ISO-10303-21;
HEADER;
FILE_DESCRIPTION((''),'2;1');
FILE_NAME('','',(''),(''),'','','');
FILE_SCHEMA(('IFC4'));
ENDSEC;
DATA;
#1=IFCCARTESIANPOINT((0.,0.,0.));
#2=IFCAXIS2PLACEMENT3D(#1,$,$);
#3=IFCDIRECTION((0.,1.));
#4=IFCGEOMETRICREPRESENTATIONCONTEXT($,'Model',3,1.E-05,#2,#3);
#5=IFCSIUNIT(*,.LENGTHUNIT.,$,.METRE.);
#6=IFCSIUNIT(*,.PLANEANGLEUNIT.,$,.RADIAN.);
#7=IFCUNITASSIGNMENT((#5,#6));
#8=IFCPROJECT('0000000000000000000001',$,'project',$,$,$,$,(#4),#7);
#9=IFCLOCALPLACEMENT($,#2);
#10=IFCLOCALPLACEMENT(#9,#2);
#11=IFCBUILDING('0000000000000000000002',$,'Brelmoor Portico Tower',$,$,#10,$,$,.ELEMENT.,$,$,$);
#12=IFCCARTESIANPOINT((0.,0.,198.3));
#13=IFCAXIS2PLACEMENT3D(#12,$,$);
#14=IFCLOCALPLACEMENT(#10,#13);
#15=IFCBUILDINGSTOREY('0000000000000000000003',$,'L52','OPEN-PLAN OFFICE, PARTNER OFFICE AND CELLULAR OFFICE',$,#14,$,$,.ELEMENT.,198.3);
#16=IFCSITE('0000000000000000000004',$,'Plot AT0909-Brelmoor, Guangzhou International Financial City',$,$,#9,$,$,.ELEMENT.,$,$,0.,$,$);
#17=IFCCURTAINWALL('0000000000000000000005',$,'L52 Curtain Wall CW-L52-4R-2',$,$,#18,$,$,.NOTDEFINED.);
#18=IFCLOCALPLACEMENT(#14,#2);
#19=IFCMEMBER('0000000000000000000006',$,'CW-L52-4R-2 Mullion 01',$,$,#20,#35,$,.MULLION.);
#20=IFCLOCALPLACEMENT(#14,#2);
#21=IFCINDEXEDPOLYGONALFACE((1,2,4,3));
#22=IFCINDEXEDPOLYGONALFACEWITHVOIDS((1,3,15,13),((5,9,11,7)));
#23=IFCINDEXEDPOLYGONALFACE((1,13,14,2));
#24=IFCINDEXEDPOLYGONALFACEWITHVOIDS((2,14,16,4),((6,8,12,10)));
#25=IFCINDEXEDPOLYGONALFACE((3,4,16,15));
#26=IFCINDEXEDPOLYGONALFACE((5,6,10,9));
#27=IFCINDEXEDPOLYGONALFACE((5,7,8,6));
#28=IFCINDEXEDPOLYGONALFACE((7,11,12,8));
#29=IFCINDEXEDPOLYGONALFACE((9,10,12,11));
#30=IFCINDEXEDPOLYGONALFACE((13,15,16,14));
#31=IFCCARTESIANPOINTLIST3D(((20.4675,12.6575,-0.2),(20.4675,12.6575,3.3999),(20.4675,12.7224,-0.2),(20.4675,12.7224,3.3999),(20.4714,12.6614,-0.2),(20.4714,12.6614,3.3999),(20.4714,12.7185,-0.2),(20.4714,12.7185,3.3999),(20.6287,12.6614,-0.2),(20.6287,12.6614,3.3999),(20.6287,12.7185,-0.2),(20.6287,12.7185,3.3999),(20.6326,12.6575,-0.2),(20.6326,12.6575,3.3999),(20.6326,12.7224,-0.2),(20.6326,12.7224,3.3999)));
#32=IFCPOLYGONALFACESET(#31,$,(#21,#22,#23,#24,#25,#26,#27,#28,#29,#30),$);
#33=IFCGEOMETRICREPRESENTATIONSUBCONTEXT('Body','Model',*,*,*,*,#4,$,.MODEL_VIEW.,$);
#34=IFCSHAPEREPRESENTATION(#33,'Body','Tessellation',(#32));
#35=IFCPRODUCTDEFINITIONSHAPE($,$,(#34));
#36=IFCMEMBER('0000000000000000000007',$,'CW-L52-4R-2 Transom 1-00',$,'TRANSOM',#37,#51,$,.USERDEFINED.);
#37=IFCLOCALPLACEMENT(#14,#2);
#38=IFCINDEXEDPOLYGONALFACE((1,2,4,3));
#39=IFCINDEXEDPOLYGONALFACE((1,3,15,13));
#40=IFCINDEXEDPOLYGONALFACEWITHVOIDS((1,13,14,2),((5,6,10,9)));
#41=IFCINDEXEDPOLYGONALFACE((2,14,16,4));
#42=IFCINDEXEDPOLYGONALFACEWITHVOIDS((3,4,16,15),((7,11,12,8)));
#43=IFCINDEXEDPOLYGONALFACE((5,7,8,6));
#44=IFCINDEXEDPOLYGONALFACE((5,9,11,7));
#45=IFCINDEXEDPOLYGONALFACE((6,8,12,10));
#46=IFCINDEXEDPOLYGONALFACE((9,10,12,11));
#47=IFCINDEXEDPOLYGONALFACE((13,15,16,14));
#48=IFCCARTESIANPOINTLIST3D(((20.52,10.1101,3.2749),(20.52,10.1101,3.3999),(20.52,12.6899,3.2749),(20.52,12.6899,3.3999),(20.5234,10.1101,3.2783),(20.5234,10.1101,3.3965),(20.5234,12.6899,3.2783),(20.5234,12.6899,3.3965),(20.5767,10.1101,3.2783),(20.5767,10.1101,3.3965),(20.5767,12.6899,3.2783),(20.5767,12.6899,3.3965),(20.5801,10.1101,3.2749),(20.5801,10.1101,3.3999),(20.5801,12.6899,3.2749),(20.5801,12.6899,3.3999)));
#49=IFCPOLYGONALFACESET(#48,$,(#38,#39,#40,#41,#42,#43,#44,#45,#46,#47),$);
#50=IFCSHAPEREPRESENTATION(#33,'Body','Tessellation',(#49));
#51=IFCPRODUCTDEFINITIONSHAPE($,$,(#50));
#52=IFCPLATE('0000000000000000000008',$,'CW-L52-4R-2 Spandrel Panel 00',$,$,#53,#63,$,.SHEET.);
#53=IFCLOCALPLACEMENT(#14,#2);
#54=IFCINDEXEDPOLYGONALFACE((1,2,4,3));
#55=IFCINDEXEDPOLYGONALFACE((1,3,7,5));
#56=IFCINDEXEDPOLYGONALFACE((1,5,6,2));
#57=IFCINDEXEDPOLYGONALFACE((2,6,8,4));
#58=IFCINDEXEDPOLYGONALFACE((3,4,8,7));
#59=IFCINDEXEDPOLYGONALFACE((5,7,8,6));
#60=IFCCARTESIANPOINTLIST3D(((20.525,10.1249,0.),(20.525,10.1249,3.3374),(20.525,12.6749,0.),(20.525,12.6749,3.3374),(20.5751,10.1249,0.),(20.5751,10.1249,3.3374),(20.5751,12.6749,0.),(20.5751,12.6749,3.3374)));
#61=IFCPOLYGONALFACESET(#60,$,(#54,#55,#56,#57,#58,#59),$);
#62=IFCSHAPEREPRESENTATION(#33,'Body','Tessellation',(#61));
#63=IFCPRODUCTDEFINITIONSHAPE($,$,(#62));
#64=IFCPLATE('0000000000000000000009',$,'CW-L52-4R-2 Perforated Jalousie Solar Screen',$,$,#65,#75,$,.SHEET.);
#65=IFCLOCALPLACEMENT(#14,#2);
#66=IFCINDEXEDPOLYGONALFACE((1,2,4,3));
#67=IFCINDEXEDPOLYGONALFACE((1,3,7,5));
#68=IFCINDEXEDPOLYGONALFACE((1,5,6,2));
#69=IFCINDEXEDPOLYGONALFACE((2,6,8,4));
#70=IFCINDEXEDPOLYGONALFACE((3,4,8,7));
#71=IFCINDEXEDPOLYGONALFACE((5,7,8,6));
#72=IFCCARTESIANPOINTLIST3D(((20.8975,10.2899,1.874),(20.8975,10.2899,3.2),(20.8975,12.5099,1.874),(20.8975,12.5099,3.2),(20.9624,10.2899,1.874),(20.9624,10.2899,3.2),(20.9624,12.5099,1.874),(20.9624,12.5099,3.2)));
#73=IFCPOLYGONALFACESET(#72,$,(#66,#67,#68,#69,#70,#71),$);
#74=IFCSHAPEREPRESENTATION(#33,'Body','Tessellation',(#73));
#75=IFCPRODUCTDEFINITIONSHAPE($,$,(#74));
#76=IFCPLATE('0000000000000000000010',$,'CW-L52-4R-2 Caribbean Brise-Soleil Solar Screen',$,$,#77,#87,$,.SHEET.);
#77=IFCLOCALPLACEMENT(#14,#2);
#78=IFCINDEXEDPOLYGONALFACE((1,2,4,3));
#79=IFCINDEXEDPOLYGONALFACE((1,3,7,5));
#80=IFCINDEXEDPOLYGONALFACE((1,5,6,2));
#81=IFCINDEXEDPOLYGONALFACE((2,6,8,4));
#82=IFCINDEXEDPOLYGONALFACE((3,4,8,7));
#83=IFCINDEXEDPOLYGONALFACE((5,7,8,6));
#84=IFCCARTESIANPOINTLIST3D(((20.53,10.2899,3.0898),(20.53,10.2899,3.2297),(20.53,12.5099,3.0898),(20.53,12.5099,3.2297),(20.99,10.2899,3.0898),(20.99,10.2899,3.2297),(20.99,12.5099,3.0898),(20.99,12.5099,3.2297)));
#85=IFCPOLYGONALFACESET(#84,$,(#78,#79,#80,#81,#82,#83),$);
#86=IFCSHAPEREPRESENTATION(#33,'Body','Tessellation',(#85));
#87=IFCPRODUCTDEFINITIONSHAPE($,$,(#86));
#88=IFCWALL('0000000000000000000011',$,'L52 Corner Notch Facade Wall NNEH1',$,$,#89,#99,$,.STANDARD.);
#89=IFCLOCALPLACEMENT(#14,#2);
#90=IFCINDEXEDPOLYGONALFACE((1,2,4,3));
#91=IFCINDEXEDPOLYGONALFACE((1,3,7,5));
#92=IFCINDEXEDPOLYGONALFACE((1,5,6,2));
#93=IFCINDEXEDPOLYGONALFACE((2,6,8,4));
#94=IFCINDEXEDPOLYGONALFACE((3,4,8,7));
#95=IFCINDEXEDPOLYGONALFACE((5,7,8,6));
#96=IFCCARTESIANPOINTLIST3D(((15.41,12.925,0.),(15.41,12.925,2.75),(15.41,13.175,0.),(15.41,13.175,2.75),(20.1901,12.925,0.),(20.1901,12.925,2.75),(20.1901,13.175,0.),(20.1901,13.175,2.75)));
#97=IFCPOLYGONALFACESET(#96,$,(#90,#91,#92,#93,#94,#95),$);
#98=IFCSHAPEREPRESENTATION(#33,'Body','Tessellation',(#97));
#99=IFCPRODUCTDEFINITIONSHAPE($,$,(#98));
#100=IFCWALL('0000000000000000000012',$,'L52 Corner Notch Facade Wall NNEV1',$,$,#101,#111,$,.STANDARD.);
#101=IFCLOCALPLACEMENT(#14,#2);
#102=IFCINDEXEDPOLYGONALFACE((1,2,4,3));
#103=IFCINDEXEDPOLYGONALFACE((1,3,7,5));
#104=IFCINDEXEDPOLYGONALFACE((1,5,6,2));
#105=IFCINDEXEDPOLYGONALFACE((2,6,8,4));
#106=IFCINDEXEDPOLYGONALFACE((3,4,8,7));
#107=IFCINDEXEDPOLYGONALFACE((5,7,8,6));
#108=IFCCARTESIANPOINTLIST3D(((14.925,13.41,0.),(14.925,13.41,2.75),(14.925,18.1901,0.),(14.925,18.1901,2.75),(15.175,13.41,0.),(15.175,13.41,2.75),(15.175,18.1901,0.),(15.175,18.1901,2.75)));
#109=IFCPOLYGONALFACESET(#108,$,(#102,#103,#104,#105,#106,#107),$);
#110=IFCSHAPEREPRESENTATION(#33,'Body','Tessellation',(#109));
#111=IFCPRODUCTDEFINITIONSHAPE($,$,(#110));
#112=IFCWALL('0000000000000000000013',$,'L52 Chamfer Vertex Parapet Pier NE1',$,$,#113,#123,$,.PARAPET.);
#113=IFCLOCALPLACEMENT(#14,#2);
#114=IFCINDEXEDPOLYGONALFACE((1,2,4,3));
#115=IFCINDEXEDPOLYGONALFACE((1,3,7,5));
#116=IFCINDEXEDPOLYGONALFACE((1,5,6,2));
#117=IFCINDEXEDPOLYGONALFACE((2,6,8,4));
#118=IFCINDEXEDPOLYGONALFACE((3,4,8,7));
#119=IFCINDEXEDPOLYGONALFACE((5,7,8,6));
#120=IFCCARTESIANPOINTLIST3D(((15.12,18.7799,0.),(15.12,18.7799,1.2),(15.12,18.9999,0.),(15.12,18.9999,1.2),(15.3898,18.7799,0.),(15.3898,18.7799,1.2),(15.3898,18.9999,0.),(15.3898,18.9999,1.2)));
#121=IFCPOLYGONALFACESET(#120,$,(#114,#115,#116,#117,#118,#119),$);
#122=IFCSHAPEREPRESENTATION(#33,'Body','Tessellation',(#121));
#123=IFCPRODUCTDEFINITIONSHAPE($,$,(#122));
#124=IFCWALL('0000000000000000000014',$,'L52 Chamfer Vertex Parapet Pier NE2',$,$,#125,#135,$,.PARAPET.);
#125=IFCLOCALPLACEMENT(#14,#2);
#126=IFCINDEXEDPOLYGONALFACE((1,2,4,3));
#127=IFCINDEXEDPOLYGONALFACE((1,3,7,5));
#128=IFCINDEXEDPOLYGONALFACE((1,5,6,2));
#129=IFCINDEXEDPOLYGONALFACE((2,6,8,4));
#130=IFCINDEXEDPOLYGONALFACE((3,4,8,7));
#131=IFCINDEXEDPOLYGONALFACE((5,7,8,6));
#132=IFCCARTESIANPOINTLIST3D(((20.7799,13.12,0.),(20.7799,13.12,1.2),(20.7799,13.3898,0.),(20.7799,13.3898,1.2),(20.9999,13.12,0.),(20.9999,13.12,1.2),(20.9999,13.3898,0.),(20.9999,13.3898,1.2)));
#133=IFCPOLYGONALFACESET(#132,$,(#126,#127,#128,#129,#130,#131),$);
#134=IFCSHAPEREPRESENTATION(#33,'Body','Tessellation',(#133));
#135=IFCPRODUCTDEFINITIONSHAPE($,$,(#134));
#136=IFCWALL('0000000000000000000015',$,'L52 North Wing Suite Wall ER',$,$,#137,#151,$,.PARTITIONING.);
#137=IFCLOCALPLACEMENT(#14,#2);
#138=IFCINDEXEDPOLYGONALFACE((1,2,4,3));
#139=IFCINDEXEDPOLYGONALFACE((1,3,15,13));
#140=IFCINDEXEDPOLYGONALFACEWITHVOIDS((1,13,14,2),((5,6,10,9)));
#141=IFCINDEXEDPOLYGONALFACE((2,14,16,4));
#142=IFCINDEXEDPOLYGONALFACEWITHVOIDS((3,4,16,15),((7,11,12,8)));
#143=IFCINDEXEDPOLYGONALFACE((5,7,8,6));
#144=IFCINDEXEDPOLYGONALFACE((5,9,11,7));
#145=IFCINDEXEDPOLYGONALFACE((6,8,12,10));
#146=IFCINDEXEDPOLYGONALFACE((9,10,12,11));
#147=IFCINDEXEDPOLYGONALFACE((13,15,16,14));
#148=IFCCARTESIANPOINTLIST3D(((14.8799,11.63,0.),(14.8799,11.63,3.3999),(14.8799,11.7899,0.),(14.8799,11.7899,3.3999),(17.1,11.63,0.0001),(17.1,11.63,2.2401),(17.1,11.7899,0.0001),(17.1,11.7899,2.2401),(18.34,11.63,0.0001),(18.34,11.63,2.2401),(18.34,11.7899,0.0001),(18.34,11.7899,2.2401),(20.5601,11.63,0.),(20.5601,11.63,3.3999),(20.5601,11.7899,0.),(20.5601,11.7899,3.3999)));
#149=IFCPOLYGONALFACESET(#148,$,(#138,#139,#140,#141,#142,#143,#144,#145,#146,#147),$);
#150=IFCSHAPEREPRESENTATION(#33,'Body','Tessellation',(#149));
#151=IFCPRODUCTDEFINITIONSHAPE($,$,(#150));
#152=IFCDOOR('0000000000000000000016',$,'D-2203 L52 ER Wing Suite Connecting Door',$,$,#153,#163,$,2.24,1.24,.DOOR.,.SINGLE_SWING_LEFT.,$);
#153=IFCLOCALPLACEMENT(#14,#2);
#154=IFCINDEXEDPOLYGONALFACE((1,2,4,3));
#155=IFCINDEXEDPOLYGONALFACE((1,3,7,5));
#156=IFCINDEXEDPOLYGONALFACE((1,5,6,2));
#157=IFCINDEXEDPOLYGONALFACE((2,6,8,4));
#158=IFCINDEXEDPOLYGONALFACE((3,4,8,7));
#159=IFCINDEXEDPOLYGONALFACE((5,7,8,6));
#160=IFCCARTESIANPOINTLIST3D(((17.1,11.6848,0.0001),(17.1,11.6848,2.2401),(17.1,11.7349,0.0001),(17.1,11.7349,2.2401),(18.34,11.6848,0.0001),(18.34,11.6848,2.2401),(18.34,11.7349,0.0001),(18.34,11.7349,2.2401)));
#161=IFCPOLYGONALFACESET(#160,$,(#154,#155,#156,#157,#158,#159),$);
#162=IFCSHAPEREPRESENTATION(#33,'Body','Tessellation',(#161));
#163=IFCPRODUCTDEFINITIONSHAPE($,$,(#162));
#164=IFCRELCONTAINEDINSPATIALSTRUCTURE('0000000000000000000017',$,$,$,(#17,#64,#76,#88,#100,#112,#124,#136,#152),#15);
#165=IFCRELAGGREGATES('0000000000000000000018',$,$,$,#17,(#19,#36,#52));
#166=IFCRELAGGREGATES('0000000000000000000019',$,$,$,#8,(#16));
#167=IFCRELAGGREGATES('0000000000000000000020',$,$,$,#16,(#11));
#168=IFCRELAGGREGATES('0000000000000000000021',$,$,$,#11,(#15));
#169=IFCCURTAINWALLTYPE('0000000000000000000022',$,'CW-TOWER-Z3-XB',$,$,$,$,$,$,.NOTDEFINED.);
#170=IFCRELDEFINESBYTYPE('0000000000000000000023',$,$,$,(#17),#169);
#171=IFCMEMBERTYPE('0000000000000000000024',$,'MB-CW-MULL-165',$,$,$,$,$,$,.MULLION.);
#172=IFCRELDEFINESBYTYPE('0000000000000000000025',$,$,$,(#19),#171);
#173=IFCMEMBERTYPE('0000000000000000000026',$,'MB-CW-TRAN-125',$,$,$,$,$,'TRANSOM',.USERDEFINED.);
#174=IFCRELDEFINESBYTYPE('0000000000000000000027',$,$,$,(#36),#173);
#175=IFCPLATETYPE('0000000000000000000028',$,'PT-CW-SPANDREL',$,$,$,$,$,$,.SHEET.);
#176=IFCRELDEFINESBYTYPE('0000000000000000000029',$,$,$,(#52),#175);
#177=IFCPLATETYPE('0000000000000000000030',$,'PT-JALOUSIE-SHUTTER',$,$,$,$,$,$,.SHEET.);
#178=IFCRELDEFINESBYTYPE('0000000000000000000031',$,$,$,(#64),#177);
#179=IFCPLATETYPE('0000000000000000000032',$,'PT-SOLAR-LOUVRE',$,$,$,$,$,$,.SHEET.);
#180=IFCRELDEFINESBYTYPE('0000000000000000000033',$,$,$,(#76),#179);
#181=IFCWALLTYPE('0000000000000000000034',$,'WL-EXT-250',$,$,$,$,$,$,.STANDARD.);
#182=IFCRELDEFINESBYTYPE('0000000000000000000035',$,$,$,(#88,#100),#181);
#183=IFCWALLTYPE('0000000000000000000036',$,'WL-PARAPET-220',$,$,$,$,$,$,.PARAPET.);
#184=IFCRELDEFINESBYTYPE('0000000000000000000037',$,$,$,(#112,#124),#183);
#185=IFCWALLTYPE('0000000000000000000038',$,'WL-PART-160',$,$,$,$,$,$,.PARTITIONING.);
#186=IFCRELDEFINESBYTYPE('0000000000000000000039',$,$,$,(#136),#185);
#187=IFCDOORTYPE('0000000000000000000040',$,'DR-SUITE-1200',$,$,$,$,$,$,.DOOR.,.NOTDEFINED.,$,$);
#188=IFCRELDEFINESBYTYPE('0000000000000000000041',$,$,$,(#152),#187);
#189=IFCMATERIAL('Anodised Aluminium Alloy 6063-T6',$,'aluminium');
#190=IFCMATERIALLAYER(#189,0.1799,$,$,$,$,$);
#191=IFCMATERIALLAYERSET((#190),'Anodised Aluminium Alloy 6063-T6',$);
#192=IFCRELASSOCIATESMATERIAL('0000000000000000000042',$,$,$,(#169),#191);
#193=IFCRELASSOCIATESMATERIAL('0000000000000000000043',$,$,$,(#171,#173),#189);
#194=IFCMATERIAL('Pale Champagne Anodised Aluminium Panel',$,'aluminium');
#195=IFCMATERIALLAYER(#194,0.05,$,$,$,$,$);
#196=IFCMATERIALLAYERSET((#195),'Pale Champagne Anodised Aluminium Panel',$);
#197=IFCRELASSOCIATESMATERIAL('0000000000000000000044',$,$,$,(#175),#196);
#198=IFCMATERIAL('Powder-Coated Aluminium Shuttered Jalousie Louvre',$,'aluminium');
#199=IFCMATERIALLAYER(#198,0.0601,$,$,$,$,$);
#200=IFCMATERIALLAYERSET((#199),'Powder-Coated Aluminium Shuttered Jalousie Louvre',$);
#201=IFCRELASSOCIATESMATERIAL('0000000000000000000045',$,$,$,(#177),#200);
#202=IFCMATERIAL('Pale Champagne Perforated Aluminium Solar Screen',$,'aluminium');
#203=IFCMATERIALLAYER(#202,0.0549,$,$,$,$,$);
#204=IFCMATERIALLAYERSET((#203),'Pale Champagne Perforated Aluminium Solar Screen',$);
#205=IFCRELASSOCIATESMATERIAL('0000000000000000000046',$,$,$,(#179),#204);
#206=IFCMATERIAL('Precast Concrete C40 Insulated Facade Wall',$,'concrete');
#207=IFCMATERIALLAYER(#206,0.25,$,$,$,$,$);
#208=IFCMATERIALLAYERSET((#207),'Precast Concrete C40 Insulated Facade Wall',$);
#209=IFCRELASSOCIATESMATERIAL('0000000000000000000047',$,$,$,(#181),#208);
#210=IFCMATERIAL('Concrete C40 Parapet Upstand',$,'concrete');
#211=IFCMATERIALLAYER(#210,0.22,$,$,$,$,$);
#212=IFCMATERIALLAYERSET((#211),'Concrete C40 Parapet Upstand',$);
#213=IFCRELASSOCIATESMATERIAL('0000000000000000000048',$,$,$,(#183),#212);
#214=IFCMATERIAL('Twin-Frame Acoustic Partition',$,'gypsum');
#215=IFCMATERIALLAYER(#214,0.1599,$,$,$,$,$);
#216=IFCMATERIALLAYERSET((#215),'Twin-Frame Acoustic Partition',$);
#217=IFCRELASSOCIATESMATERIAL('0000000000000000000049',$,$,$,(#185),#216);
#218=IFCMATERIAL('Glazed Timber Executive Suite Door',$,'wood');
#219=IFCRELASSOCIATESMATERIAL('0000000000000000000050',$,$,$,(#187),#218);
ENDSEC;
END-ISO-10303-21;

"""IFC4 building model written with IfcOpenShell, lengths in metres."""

from ifc_helpers import new_model, si_unit, direction, frame, frame_2d, origin, origin_2d, place, context, subcontext, project, spatial, rectangle, hollow_rectangle, extrude, material, layer, layer_set, material_profile, profile_set, type_object, element, fill, aggregate, save


model = new_model("IFC4")

# Units and contexts
model_context = context("Model", 3, precision=1e-05, world=origin(), true_north=direction((0.0, 1.0)))
body_context = subcontext(model_context, "Body", "Model", "MODEL_VIEW")
ifc_project = project(units=[si_unit("LENGTHUNIT", "METRE"), si_unit("PLANEANGLEUNIT", "RADIAN")], contexts=[model_context])

# Site, building, storey
site_placement = place(None, origin())
site = spatial("IfcSite", under=ifc_project, at=site_placement, Name="Plot AT0909-Brelmoor, Guangzhou International Financial City", CompositionType="ELEMENT", RefElevation=0.0)
building_placement = place(site_placement, origin())
building = spatial("IfcBuilding", under=site, at=building_placement, Name="Brelmoor Portico Tower", CompositionType="ELEMENT")
storey_placement = place(building_placement, frame((0.0, 0.0, 198.3)))
storey = spatial("IfcBuildingStorey", under=building, at=storey_placement, Name="L52", Description="OPEN-PLAN OFFICE, PARTNER OFFICE AND CELLULAR OFFICE", CompositionType="ELEMENT", Elevation=198.3)

# Shared definitions
ifc_material_1 = material(Name="Anodised Aluminium Alloy 6063-T6", Category="aluminium")
ifc_layer_1 = layer(ifc_material_1, 0.1799)
ifc_layer_set_1 = layer_set([ifc_layer_1], Name="Anodised Aluminium Alloy 6063-T6")
curtain_wall_type = type_object("IfcCurtainWallType", Name="CW-TOWER-Z3-XB", PredefinedType="NOTDEFINED", material=ifc_layer_set_1)
ifc_material_profile_1 = material_profile(ifc_material_1, hollow_rectangle(XDim=0.0649, YDim=0.165, WallThickness=0.0039, at=origin_2d()), Name="ALU MULLION 65x165")
ifc_profile_set_1 = profile_set([ifc_material_profile_1], Name="Anodised Aluminium Alloy 6063-T6")
member_type_1 = type_object("IfcMemberType", Name="MB-CW-MULL-165", PredefinedType="MULLION", material=ifc_profile_set_1)

# Curtain wall, members, plate
curtain_wall_1_placement = place(storey_placement, origin())
curtain_wall_1 = element("IfcCurtainWall", 1, at=curtain_wall_1_placement, inside=storey, type_object=curtain_wall_type, Name="L52 Curtain Wall CW-L52-4R-2", PredefinedType="NOTDEFINED")
member_1_placement = place(storey_placement, frame((20.55, 12.6899, -0.2), z_axis=(0.0, 0.0, 1.0), x_axis=(0.0, 1.0, 0.0)))
member_1 = element("IfcMember", 2, at=member_1_placement, type_object=member_type_1, Name="CW-L52-4R-2 Mullion 01", PredefinedType="MULLION", context=body_context, shape_type="SweptSolid", body=[
    extrude(hollow_rectangle(XDim=0.0649, YDim=0.165, WallThickness=0.0039, at=origin_2d()), origin(), (0.0, 0.0, 1.0), 3.5999),
])
ifc_material_profile_2 = material_profile(ifc_material_1, hollow_rectangle(XDim=0.0601, YDim=0.125, WallThickness=0.0034, at=origin_2d()), Name="ALU TRANSOM 60x125")
ifc_profile_set_2 = profile_set([ifc_material_profile_2], Name="Anodised Aluminium Alloy 6063-T6")
member_type_2 = type_object("IfcMemberType", Name="MB-CW-TRAN-125", ElementType="TRANSOM", PredefinedType="USERDEFINED", material=ifc_profile_set_2)
member_2_placement = place(storey_placement, frame((20.55, 10.1101, 3.3374), z_axis=(0.0, 1.0, 0.0), x_axis=(-1.0, 0.0, 0.0)))
member_2 = element("IfcMember", 3, at=member_2_placement, type_object=member_type_2, Name="CW-L52-4R-2 Transom 1-00", ObjectType="TRANSOM", PredefinedType="USERDEFINED", context=body_context, shape_type="SweptSolid", body=[
    extrude(hollow_rectangle(XDim=0.0601, YDim=0.125, WallThickness=0.0034, at=origin_2d()), origin(), (0.0, 0.0, 1.0), 2.5798),
])
ifc_material_2 = material(Name="Pale Champagne Anodised Aluminium Panel", Category="aluminium")
ifc_layer_2 = layer(ifc_material_2, 0.05)
ifc_layer_set_2 = layer_set([ifc_layer_2], Name="Pale Champagne Anodised Aluminium Panel")
plate_type_1 = type_object("IfcPlateType", Name="PT-CW-SPANDREL", PredefinedType="SHEET", material=ifc_layer_set_2)
plate_1_placement = place(storey_placement, frame((20.55, 11.3999, 0.0), z_axis=(0.0, 0.0, 1.0), x_axis=(0.0, 1.0, 0.0)))
plate_1 = element("IfcPlate", 4, at=plate_1_placement, type_object=plate_type_1, Name="CW-L52-4R-2 Spandrel Panel 00", PredefinedType="SHEET", context=body_context, shape_type="SweptSolid", body=[
    extrude(rectangle(XDim=2.55, YDim=0.05, at=origin_2d()), origin(), (0.0, 0.0, 1.0), 3.3374),
])
aggregate(curtain_wall_1, [member_1, member_2, plate_1])

# Plates
ifc_material_3 = material(Name="Powder-Coated Aluminium Shuttered Jalousie Louvre", Category="aluminium")
ifc_layer_3 = layer(ifc_material_3, 0.0601)
ifc_layer_set_3 = layer_set([ifc_layer_3], Name="Powder-Coated Aluminium Shuttered Jalousie Louvre")
plate_type_2 = type_object("IfcPlateType", Name="PT-JALOUSIE-SHUTTER", PredefinedType="SHEET", material=ifc_layer_set_3)
plate_2_placement = place(storey_placement, frame((20.9299, 11.3999, 1.874), z_axis=(0.0, 0.0, 1.0), x_axis=(0.0, 1.0, 0.0)))
element("IfcPlate", 5, at=plate_2_placement, inside=storey, type_object=plate_type_2, Name="CW-L52-4R-2 Perforated Jalousie Solar Screen", PredefinedType="SHEET", context=body_context, shape_type="SweptSolid", body=[
    extrude(rectangle(XDim=2.22, YDim=0.0649, at=origin_2d()), origin(), (0.0, 0.0, 1.0), 1.3259),
])
ifc_material_4 = material(Name="Pale Champagne Perforated Aluminium Solar Screen", Category="aluminium")
ifc_layer_4 = layer(ifc_material_4, 0.0549)
ifc_layer_set_4 = layer_set([ifc_layer_4], Name="Pale Champagne Perforated Aluminium Solar Screen")
plate_type_3 = type_object("IfcPlateType", Name="PT-SOLAR-LOUVRE", PredefinedType="SHEET", material=ifc_layer_set_4)
plate_3_placement = place(storey_placement, frame((20.76, 11.3999, 3.0898), z_axis=(0.0, 0.0, 1.0), x_axis=(0.0, 1.0, 0.0)))
element("IfcPlate", 6, at=plate_3_placement, inside=storey, type_object=plate_type_3, Name="CW-L52-4R-2 Caribbean Brise-Soleil Solar Screen", PredefinedType="SHEET", context=body_context, shape_type="SweptSolid", body=[
    extrude(rectangle(XDim=2.22, YDim=0.46, at=origin_2d()), origin(), (0.0, 0.0, 1.0), 0.1399),
])

# Walls
ifc_material_5 = material(Name="Precast Concrete C40 Insulated Facade Wall", Category="concrete")
ifc_layer_5 = layer(ifc_material_5, 0.25)
ifc_layer_set_5 = layer_set([ifc_layer_5], Name="Precast Concrete C40 Insulated Facade Wall")
wall_type_1 = type_object("IfcWallType", Name="WL-EXT-250", PredefinedType="STANDARD", material=ifc_layer_set_5)
for number, where, z_axis, x_axis, name in (
    (7, (15.4099, 13.05, 0.0), (0.0, 0.0, 1.0), (1.0, 0.0, 0.0), "L52 Corner Notch Facade Wall NNEH1"),
    (8, (15.05, 13.4099, 0.0), (0.0, 0.0, 1.0), (0.0, 1.0, 0.0), "L52 Corner Notch Facade Wall NNEV1"),
):
    element("IfcWall", number, at=place(storey_placement, frame(where, z_axis=z_axis, x_axis=x_axis)), inside=storey, type_object=wall_type_1, Name=name, PredefinedType="STANDARD", context=body_context, shape_type="SweptSolid", body=[
        extrude(rectangle(XDim=4.78, YDim=0.25, at=frame_2d((2.3901, 0.0))), origin(), (0.0, 0.0, 1.0), 2.75),
    ])
ifc_material_6 = material(Name="Concrete C40 Parapet Upstand", Category="concrete")
ifc_layer_6 = layer(ifc_material_6, 0.22)
ifc_layer_set_6 = layer_set([ifc_layer_6], Name="Concrete C40 Parapet Upstand")
wall_type_2 = type_object("IfcWallType", Name="WL-PARAPET-220", PredefinedType="PARAPET", material=ifc_layer_set_6)
for number, where, z_axis, x_axis, name in (
    (9, (15.1201, 18.8899, 0.0), (0.0, 0.0, 1.0), (1.0, 0.0, 0.0), "L52 Chamfer Vertex Parapet Pier NE1"),
    (10, (20.8899, 13.1201, 0.0), (0.0, 0.0, 1.0), (0.0, 1.0, 0.0), "L52 Chamfer Vertex Parapet Pier NE2"),
):
    element("IfcWall", number, at=place(storey_placement, frame(where, z_axis=z_axis, x_axis=x_axis)), inside=storey, type_object=wall_type_2, Name=name, PredefinedType="PARAPET", context=body_context, shape_type="SweptSolid", body=[
        extrude(rectangle(XDim=0.2698, YDim=0.22, at=frame_2d((0.1348, 0.0))), origin(), (0.0, 0.0, 1.0), 1.2),
    ])

# Wall, opening, door
ifc_material_7 = material(Name="Twin-Frame Acoustic Partition", Category="gypsum")
ifc_layer_7 = layer(ifc_material_7, 0.1599)
ifc_layer_set_7 = layer_set([ifc_layer_7], Name="Twin-Frame Acoustic Partition")
wall_type_3 = type_object("IfcWallType", Name="WL-PART-160", PredefinedType="PARTITIONING", material=ifc_layer_set_7)
wall_placement = place(storey_placement, frame((14.8799, 11.71, 0.0), z_axis=(0.0, 0.0, 1.0), x_axis=(1.0, 0.0, 0.0)))
wall = element("IfcWall", 11, at=wall_placement, inside=storey, type_object=wall_type_3, Name="L52 North Wing Suite Wall ER", PredefinedType="PARTITIONING", context=body_context, shape_type="SweptSolid", body=[
    extrude(rectangle(XDim=5.6802, YDim=0.1599, at=frame_2d((2.8401, 0.0))), origin(), (0.0, 0.0, 1.0), 3.3999),
])
opening_placement = place(wall_placement, frame((2.22, 0.0, 0.0)))
opening = element("IfcOpeningElement", 12, at=opening_placement, cuts=wall, PredefinedType="OPENING", context=body_context, shape_type="SweptSolid", body=[
    extrude(rectangle(XDim=1.24, YDim=2.24, at=frame_2d((0.6201, 1.1201))), frame((0.0, 0.0898, 0.0), z_axis=(0.0, -1.0, 0.0), x_axis=(1.0, 0.0, 0.0)), (0.0, 0.0, 1.0), 0.1799),
])
ifc_material_8 = material(Name="Glazed Timber Executive Suite Door", Category="wood")
door_type = type_object("IfcDoorType", Name="DR-SUITE-1200", OperationType="NOTDEFINED", PredefinedType="DOOR", material=ifc_material_8)
door_placement = place(opening_placement, origin())
door = element("IfcDoor", 13, at=door_placement, inside=storey, type_object=door_type, Name="D-2203 L52 ER Wing Suite Connecting Door", OperationType="SINGLE_SWING_LEFT", OverallHeight=2.24, OverallWidth=1.24, PredefinedType="DOOR", context=body_context, shape_type="SweptSolid", body=[
    extrude(rectangle(XDim=1.24, YDim=2.24, at=frame_2d((0.6201, 1.1201))), frame((0.0, 0.0249, 0.0), z_axis=(0.0, -1.0, 0.0), x_axis=(1.0, 0.0, 0.0)), (0.0, 0.0, 1.0), 0.05),
])
fill(opening, door)

save(model, "model.ifc")
